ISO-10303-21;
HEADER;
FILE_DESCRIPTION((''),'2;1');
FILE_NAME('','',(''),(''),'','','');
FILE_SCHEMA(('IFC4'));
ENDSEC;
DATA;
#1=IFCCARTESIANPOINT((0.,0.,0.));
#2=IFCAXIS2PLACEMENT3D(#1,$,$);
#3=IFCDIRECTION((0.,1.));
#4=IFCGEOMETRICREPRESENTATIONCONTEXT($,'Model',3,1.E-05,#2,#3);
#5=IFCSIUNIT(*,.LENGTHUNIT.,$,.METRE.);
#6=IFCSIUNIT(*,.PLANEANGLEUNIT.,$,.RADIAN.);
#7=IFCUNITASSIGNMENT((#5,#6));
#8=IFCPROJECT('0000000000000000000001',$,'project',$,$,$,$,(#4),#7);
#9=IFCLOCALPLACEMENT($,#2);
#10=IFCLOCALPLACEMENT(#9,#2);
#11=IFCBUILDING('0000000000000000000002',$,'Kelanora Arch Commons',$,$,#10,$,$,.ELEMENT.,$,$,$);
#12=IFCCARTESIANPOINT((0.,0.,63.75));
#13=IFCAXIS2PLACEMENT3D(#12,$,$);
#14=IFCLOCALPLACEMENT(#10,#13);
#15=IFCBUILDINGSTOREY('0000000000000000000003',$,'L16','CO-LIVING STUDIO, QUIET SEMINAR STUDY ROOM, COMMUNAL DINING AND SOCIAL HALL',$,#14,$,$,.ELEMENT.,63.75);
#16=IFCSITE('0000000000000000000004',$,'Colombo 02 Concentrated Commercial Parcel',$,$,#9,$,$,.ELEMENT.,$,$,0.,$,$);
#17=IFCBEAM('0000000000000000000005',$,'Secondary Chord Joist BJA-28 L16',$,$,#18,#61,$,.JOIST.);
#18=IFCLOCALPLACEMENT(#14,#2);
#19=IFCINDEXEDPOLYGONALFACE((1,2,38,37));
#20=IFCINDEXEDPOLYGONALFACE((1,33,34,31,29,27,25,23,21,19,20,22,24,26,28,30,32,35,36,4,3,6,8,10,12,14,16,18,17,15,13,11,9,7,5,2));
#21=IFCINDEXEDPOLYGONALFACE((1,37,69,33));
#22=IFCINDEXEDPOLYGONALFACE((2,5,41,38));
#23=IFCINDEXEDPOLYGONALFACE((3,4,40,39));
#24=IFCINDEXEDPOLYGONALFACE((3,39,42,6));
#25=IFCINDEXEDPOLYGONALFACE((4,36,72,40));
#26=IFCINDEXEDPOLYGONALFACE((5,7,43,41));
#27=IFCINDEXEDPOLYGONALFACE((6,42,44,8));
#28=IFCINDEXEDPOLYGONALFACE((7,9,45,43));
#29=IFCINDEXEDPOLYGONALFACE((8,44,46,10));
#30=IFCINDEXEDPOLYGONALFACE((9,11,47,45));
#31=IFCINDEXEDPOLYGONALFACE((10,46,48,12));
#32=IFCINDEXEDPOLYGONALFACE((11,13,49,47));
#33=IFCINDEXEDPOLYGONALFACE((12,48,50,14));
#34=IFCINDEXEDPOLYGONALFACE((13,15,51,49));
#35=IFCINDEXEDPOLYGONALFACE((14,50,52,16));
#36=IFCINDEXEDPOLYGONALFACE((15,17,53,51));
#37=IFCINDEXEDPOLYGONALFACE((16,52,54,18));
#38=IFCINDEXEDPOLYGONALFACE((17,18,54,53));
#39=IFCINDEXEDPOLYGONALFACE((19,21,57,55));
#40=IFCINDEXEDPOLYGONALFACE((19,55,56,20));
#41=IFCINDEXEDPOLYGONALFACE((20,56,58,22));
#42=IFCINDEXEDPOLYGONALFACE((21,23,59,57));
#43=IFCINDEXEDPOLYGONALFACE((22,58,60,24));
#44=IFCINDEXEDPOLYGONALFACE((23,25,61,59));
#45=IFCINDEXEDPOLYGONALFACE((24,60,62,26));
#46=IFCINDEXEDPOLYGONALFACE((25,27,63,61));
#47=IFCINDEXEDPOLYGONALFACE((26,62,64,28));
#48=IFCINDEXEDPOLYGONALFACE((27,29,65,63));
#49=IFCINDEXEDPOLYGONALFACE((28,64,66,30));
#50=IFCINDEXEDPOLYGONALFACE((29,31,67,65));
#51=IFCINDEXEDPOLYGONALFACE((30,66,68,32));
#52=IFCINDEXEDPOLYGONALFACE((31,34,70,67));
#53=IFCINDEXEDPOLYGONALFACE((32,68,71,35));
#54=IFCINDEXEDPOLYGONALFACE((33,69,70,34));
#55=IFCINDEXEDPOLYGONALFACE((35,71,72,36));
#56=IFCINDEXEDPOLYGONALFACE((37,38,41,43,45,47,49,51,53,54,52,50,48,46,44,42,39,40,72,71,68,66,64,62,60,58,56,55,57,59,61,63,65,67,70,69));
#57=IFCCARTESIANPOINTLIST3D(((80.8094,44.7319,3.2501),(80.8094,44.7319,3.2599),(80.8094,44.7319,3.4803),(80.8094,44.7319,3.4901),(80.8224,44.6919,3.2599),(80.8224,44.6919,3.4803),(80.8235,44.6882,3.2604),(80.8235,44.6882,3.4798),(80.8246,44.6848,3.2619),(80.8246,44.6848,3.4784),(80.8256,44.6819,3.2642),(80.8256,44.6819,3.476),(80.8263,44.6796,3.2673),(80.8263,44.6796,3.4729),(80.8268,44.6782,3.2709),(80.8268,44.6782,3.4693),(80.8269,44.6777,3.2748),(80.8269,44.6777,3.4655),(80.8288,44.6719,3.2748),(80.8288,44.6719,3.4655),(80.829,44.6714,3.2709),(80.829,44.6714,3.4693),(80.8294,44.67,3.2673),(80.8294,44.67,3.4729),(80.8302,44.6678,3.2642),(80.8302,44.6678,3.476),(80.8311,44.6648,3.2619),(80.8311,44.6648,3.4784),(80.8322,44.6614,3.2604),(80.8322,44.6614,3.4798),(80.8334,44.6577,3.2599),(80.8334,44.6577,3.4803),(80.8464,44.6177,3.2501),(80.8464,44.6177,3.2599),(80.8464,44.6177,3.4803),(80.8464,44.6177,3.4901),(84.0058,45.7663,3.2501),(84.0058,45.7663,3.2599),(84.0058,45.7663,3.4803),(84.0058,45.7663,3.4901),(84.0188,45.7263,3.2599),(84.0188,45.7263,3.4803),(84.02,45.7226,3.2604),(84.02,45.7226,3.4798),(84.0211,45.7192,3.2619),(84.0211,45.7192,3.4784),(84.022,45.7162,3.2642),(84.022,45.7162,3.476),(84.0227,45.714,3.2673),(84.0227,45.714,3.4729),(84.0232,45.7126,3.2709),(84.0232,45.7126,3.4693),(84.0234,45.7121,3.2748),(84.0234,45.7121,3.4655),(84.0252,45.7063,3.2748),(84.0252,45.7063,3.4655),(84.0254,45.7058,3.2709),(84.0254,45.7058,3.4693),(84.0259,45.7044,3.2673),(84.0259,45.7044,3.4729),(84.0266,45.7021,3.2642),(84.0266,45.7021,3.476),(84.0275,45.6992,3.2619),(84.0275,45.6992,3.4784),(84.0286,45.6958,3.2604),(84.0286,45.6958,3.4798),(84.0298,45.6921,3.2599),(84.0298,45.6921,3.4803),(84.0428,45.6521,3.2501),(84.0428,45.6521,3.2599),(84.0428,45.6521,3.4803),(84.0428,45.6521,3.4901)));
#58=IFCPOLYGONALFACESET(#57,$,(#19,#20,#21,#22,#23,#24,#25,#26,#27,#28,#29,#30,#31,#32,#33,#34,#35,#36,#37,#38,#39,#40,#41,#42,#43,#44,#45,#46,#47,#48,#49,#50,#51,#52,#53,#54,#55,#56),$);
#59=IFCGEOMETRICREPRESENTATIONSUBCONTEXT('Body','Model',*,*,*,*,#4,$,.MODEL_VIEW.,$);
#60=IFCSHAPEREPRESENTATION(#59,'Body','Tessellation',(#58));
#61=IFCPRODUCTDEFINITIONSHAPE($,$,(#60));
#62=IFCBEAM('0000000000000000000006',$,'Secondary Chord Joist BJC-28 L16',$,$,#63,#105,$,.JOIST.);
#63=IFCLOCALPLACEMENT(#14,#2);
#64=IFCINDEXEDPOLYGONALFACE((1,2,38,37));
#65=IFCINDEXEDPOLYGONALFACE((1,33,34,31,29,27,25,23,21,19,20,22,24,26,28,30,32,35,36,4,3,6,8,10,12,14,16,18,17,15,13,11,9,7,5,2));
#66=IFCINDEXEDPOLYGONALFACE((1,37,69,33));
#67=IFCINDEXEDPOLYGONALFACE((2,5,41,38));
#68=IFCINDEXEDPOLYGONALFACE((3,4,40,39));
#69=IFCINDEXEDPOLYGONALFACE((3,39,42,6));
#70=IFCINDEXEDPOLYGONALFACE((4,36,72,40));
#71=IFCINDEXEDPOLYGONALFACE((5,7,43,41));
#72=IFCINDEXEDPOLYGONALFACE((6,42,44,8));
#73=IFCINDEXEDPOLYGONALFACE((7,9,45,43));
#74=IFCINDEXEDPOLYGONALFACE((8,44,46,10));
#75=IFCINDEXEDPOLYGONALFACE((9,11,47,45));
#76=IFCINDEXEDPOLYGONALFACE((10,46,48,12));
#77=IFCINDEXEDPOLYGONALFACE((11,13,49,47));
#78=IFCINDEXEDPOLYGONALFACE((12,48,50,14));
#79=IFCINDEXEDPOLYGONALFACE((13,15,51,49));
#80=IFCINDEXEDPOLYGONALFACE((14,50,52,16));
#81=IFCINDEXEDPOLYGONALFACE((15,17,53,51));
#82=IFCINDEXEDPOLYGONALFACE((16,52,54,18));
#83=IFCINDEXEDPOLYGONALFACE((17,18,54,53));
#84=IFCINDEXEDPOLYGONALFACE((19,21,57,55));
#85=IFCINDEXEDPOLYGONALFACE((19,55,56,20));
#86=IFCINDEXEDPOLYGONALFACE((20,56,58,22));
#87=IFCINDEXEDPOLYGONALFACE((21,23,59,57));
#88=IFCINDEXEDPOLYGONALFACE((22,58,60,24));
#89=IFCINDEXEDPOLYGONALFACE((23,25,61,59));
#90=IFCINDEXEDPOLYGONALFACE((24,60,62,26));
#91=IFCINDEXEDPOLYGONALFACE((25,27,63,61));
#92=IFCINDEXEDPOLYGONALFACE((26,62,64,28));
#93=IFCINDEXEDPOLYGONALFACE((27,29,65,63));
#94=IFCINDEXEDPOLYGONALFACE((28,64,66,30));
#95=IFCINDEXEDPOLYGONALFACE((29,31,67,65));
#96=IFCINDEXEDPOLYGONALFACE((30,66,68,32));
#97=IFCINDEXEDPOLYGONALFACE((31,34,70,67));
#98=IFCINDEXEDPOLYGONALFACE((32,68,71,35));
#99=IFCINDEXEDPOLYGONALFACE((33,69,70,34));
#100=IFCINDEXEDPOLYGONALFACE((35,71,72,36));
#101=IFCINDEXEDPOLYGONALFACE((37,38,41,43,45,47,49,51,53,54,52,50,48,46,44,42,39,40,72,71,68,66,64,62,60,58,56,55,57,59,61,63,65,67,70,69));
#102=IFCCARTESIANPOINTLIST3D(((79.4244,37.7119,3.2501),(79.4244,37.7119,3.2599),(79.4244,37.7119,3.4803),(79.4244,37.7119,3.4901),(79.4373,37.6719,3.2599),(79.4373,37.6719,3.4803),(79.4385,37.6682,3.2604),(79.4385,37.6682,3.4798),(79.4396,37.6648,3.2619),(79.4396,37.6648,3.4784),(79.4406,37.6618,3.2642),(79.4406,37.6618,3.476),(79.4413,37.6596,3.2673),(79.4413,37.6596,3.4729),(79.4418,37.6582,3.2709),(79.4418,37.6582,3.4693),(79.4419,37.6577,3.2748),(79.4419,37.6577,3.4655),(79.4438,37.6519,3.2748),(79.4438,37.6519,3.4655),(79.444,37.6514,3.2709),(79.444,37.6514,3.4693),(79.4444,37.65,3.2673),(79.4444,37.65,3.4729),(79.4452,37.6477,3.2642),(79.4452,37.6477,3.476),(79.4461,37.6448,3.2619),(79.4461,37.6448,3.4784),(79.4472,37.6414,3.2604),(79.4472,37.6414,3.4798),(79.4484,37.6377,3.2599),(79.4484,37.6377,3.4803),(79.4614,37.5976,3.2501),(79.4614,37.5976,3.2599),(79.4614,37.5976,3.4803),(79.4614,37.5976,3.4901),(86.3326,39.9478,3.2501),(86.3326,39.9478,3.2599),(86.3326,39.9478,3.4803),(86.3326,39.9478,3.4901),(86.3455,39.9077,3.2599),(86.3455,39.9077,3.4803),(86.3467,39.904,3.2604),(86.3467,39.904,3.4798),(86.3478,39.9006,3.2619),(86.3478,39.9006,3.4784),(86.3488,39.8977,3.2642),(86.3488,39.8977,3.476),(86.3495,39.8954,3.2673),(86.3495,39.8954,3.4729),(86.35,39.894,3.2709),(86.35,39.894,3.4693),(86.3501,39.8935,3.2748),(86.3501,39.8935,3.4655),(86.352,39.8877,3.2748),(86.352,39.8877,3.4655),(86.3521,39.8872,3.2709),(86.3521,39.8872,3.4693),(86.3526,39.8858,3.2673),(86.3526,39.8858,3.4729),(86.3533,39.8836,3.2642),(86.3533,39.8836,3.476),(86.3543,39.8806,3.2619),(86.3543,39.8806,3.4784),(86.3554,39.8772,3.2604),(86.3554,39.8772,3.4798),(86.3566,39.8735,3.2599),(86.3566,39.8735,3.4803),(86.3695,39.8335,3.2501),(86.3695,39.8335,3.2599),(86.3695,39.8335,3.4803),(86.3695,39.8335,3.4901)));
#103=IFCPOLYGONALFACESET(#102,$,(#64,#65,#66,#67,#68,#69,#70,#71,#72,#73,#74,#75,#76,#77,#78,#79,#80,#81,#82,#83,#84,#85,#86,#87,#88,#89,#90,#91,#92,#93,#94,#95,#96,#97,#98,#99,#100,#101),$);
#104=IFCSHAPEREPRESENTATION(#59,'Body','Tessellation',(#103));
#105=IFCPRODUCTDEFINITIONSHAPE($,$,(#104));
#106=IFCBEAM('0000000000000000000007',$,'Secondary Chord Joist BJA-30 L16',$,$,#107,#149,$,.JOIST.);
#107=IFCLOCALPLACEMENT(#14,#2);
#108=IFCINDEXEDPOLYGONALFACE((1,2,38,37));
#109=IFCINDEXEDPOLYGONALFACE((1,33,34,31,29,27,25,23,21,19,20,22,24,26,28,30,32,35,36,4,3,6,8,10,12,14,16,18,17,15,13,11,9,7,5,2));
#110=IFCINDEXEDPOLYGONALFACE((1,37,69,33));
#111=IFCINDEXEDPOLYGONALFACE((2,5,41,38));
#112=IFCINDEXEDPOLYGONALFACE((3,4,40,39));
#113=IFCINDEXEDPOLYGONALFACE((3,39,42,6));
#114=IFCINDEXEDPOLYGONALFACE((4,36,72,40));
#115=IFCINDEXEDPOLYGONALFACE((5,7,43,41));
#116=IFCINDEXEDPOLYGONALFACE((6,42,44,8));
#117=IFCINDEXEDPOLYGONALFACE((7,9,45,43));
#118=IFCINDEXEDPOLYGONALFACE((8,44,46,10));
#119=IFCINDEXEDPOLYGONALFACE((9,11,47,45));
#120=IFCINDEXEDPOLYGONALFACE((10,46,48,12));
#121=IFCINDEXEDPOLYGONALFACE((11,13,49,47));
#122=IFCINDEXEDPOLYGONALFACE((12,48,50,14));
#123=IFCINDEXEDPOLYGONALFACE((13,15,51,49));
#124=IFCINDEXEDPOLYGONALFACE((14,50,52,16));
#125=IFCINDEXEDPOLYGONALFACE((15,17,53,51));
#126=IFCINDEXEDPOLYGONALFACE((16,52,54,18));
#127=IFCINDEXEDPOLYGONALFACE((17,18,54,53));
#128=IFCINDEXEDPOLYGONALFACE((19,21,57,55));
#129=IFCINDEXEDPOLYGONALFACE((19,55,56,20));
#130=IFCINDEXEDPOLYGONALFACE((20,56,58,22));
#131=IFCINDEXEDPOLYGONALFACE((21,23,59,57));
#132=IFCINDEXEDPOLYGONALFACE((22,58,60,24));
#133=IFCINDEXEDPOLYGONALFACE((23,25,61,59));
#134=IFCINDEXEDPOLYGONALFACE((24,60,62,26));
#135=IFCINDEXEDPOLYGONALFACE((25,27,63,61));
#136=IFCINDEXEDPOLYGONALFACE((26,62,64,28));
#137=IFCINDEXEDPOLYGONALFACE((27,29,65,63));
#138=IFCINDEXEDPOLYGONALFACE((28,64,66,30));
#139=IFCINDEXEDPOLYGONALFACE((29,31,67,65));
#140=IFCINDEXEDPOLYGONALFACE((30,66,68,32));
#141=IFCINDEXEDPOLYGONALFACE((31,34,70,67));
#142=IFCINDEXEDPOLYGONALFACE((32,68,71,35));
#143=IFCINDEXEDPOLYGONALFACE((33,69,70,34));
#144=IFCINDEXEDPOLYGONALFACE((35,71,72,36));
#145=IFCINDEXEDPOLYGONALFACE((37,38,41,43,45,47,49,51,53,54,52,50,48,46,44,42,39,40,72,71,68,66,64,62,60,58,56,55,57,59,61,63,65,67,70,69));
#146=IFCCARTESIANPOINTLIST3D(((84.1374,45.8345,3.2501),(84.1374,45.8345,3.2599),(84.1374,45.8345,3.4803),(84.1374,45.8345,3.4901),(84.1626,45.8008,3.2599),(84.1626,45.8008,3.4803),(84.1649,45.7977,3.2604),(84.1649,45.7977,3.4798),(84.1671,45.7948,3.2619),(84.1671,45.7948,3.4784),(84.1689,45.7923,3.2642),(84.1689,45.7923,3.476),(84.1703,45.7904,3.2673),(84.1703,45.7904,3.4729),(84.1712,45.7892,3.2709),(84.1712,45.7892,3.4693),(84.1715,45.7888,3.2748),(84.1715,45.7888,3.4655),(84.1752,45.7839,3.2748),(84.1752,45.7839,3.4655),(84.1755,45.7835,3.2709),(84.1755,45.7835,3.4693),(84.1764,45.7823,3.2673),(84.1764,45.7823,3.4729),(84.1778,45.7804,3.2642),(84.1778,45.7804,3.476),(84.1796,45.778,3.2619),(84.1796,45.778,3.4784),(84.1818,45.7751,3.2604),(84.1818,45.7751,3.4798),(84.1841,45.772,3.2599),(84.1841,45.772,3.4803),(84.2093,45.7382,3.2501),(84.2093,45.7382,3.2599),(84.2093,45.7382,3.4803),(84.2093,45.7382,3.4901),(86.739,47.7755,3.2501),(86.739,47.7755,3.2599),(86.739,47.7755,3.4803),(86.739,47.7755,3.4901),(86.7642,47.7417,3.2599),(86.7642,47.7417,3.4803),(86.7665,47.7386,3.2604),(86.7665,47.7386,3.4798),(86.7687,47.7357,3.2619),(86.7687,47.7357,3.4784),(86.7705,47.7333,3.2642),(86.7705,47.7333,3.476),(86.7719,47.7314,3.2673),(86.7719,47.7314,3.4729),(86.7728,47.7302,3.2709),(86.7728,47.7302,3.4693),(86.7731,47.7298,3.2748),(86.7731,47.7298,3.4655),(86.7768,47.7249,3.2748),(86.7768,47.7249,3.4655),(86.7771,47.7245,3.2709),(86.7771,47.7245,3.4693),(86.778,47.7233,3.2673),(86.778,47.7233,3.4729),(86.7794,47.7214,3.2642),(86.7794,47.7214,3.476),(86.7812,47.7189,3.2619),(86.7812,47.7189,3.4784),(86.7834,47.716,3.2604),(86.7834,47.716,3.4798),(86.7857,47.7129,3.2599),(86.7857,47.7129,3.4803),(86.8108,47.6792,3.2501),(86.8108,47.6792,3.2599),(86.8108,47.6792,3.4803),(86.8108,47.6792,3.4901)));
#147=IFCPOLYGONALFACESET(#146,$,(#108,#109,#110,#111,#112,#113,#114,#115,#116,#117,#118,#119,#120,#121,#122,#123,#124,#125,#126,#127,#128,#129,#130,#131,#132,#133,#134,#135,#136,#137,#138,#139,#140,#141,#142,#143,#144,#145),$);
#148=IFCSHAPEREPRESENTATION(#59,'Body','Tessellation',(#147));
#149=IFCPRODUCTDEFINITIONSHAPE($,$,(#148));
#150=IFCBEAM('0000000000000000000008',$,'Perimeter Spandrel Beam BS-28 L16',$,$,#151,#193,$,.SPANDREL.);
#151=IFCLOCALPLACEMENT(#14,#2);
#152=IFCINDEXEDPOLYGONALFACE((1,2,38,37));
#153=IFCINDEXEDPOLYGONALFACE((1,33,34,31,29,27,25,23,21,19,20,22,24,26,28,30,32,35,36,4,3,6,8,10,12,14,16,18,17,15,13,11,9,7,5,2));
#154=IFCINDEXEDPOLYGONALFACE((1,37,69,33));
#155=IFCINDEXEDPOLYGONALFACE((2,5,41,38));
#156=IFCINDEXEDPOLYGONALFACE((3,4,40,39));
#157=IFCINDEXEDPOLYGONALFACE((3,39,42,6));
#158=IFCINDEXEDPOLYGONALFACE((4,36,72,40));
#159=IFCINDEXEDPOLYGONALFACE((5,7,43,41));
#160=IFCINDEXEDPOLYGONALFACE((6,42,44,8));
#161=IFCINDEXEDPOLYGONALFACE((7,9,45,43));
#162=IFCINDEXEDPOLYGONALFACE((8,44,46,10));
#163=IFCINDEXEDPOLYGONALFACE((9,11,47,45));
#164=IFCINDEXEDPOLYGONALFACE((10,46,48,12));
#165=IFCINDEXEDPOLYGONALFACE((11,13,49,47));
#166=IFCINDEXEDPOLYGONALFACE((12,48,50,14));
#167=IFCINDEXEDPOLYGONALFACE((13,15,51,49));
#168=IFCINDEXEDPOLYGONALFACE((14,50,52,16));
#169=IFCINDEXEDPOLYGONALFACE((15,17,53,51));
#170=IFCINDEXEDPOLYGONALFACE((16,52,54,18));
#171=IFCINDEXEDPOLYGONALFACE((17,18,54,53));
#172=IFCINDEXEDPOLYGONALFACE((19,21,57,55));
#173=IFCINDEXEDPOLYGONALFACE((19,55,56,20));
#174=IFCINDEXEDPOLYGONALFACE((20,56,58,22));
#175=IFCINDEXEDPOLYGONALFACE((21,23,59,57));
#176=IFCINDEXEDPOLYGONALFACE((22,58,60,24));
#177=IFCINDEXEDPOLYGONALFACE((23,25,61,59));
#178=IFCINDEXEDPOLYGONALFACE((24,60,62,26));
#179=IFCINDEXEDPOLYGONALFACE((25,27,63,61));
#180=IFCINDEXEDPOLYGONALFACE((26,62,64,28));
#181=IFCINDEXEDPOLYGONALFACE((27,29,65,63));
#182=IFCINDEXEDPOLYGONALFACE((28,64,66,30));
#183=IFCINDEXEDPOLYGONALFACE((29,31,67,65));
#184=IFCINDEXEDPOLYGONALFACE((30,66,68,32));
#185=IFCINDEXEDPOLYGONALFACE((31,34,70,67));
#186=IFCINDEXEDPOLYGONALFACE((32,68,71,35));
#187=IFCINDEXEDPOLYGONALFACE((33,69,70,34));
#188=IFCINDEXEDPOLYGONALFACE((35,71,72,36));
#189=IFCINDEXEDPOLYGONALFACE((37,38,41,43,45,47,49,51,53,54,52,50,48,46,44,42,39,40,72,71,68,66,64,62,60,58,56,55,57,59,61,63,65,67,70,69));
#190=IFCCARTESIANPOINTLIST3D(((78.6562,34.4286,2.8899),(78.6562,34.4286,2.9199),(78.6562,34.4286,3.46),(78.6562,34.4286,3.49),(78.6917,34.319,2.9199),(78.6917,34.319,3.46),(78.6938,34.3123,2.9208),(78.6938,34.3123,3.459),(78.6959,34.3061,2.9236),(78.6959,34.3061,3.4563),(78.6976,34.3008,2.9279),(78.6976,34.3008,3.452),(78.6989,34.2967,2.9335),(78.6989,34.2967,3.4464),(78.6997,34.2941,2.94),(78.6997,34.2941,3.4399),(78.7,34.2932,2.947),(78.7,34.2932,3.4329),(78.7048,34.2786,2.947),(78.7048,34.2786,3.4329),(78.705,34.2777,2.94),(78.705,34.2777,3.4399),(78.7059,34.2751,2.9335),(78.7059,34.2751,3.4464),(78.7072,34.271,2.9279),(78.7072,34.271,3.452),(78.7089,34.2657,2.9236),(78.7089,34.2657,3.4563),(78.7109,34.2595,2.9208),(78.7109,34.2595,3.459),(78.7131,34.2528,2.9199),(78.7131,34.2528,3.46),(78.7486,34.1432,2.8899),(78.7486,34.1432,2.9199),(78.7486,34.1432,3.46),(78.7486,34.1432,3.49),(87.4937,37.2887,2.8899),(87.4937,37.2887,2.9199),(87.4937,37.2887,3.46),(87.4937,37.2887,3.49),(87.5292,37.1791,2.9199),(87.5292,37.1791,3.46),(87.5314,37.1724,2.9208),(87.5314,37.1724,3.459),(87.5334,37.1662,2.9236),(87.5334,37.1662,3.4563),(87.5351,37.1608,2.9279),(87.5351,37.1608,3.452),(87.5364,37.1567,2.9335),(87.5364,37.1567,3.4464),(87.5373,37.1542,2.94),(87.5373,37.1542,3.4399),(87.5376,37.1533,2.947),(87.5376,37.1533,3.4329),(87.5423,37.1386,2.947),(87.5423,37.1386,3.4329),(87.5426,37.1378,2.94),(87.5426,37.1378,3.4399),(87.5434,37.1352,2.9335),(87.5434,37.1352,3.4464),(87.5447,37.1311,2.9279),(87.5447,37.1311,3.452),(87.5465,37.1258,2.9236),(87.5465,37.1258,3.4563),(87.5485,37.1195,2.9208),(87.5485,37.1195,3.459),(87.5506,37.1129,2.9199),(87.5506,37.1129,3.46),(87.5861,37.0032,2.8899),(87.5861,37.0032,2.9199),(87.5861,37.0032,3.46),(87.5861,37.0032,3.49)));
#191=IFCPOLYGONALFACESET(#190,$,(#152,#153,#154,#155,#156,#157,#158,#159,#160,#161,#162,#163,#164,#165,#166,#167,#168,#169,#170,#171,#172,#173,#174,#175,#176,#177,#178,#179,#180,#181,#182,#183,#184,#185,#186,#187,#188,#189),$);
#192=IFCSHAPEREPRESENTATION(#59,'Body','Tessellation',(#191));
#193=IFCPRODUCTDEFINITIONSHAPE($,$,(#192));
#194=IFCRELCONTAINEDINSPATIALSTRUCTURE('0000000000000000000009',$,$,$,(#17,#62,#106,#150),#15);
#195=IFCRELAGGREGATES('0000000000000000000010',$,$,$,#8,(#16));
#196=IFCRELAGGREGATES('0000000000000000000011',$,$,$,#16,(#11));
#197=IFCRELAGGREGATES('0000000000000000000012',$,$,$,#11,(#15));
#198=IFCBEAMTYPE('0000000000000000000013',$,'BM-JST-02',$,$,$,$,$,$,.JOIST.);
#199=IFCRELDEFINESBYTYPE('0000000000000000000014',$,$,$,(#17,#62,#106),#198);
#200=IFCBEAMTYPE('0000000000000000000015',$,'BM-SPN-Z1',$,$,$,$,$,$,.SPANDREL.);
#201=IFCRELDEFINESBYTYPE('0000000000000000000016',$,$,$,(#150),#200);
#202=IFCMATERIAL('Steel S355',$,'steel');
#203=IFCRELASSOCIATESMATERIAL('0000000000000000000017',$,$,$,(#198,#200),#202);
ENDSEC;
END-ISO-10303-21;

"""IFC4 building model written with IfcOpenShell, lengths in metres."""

from ifc_helpers import new_model, si_unit, direction, frame, origin, origin_2d, place, context, subcontext, project, spatial, i_section, extrude, material, material_profile, profile_set, type_object, element, save


model = new_model("IFC4")

# Units and contexts
model_context = context("Model", 3, precision=1e-05, world=origin(), true_north=direction((0.0, 1.0)))
body_context = subcontext(model_context, "Body", "Model", "MODEL_VIEW")
ifc_project = project(units=[si_unit("LENGTHUNIT", "METRE"), si_unit("PLANEANGLEUNIT", "RADIAN")], contexts=[model_context])

# Site, building, storey
site_placement = place(None, origin())
site = spatial("IfcSite", under=ifc_project, at=site_placement, Name="Colombo 02 Concentrated Commercial Parcel", CompositionType="ELEMENT", RefElevation=0.0)
building_placement = place(site_placement, origin())
building = spatial("IfcBuilding", under=site, at=building_placement, Name="Kelanora Arch Commons", CompositionType="ELEMENT")
storey_placement = place(building_placement, frame((0.0, 0.0, 63.75)))
storey = spatial("IfcBuildingStorey", under=building, at=storey_placement, Name="L16", Description="CO-LIVING STUDIO, QUIET SEMINAR STUDY ROOM, COMMUNAL DINING AND SOCIAL HALL", CompositionType="ELEMENT", Elevation=63.75)

# Beams
ifc_material_1 = material(Name="Steel S355", Category="steel")
ifc_material_profile_1 = material_profile(ifc_material_1, i_section(OverallWidth=0.1201, OverallDepth=0.24, WebThickness=0.0061, FlangeThickness=0.0098, FilletRadius=0.0149, at=origin_2d()), Name="IPE240")
ifc_profile_set_1 = profile_set([ifc_material_profile_1], Name="Steel S355")
beam_type_1 = type_object("IfcBeamType", Name="BM-JST-02", PredefinedType="JOIST", material=ifc_profile_set_1)
beam_1_placement = place(storey_placement, frame((80.8279, 44.6748, 3.3701), z_axis=(0.951423, 0.307888, 0.0), x_axis=(-0.307888, 0.951423, 0.0)))
element("IfcBeam", 1, at=beam_1_placement, inside=storey, type_object=beam_type_1, Name="Secondary Chord Joist BJA-28 L16", PredefinedType="JOIST", context=body_context, shape_type="SweptSolid", body=[
    extrude(i_section(OverallWidth=0.1201, OverallDepth=0.24, WebThickness=0.0061, FlangeThickness=0.0098, FilletRadius=0.0149, at=origin_2d()), origin(), (0.0, 0.0, 1.0), 3.3596),
])
beam_2_placement = place(storey_placement, frame((79.4429, 37.6548, 3.3701), z_axis=(0.951411, 0.307924, 0.0), x_axis=(-0.307924, 0.951411, 0.0)))
element("IfcBeam", 2, at=beam_2_placement, inside=storey, type_object=beam_type_1, Name="Secondary Chord Joist BJC-28 L16", PredefinedType="JOIST", context=body_context, shape_type="SweptSolid", body=[
    extrude(i_section(OverallWidth=0.1201, OverallDepth=0.24, WebThickness=0.0061, FlangeThickness=0.0098, FilletRadius=0.0149, at=origin_2d()), origin(), (0.0, 0.0, 1.0), 7.261),
])
beam_3_placement = place(storey_placement, frame((84.1733, 45.7864, 3.3701), z_axis=(0.801514, 0.597976, 0.0), x_axis=(-0.597976, 0.801514, 0.0)))
element("IfcBeam", 3, at=beam_3_placement, inside=storey, type_object=beam_type_1, Name="Secondary Chord Joist BJA-30 L16", PredefinedType="JOIST", context=body_context, shape_type="SweptSolid", body=[
    extrude(i_section(OverallWidth=0.1201, OverallDepth=0.24, WebThickness=0.0061, FlangeThickness=0.0098, FilletRadius=0.0149, at=origin_2d()), origin(), (0.0, 0.0, 1.0), 3.2458),
])
ifc_material_profile_2 = material_profile(ifc_material_1, i_section(OverallWidth=0.3, OverallDepth=0.6001, WebThickness=0.0154, FlangeThickness=0.03, FilletRadius=0.0271, at=origin_2d()), Name="HEB600")
ifc_profile_set_2 = profile_set([ifc_material_profile_2], Name="Steel S355")
beam_type_2 = type_object("IfcBeamType", Name="BM-SPN-Z1", PredefinedType="SPANDREL", material=ifc_profile_set_2)
beam_4_placement = place(storey_placement, frame((78.7024, 34.2859, 3.1899), z_axis=(0.951417, 0.307905, 0.0), x_axis=(-0.307905, 0.951417, 0.0)))
element("IfcBeam", 4, at=beam_4_placement, inside=storey, type_object=beam_type_2, Name="Perimeter Spandrel Beam BS-28 L16", PredefinedType="SPANDREL", context=body_context, shape_type="SweptSolid", body=[
    extrude(i_section(OverallWidth=0.3, OverallDepth=0.6001, WebThickness=0.0154, FlangeThickness=0.03, FilletRadius=0.0271, at=origin_2d()), origin(), (0.0, 0.0, 1.0), 9.2888),
])

save(model, "model.ifc")
